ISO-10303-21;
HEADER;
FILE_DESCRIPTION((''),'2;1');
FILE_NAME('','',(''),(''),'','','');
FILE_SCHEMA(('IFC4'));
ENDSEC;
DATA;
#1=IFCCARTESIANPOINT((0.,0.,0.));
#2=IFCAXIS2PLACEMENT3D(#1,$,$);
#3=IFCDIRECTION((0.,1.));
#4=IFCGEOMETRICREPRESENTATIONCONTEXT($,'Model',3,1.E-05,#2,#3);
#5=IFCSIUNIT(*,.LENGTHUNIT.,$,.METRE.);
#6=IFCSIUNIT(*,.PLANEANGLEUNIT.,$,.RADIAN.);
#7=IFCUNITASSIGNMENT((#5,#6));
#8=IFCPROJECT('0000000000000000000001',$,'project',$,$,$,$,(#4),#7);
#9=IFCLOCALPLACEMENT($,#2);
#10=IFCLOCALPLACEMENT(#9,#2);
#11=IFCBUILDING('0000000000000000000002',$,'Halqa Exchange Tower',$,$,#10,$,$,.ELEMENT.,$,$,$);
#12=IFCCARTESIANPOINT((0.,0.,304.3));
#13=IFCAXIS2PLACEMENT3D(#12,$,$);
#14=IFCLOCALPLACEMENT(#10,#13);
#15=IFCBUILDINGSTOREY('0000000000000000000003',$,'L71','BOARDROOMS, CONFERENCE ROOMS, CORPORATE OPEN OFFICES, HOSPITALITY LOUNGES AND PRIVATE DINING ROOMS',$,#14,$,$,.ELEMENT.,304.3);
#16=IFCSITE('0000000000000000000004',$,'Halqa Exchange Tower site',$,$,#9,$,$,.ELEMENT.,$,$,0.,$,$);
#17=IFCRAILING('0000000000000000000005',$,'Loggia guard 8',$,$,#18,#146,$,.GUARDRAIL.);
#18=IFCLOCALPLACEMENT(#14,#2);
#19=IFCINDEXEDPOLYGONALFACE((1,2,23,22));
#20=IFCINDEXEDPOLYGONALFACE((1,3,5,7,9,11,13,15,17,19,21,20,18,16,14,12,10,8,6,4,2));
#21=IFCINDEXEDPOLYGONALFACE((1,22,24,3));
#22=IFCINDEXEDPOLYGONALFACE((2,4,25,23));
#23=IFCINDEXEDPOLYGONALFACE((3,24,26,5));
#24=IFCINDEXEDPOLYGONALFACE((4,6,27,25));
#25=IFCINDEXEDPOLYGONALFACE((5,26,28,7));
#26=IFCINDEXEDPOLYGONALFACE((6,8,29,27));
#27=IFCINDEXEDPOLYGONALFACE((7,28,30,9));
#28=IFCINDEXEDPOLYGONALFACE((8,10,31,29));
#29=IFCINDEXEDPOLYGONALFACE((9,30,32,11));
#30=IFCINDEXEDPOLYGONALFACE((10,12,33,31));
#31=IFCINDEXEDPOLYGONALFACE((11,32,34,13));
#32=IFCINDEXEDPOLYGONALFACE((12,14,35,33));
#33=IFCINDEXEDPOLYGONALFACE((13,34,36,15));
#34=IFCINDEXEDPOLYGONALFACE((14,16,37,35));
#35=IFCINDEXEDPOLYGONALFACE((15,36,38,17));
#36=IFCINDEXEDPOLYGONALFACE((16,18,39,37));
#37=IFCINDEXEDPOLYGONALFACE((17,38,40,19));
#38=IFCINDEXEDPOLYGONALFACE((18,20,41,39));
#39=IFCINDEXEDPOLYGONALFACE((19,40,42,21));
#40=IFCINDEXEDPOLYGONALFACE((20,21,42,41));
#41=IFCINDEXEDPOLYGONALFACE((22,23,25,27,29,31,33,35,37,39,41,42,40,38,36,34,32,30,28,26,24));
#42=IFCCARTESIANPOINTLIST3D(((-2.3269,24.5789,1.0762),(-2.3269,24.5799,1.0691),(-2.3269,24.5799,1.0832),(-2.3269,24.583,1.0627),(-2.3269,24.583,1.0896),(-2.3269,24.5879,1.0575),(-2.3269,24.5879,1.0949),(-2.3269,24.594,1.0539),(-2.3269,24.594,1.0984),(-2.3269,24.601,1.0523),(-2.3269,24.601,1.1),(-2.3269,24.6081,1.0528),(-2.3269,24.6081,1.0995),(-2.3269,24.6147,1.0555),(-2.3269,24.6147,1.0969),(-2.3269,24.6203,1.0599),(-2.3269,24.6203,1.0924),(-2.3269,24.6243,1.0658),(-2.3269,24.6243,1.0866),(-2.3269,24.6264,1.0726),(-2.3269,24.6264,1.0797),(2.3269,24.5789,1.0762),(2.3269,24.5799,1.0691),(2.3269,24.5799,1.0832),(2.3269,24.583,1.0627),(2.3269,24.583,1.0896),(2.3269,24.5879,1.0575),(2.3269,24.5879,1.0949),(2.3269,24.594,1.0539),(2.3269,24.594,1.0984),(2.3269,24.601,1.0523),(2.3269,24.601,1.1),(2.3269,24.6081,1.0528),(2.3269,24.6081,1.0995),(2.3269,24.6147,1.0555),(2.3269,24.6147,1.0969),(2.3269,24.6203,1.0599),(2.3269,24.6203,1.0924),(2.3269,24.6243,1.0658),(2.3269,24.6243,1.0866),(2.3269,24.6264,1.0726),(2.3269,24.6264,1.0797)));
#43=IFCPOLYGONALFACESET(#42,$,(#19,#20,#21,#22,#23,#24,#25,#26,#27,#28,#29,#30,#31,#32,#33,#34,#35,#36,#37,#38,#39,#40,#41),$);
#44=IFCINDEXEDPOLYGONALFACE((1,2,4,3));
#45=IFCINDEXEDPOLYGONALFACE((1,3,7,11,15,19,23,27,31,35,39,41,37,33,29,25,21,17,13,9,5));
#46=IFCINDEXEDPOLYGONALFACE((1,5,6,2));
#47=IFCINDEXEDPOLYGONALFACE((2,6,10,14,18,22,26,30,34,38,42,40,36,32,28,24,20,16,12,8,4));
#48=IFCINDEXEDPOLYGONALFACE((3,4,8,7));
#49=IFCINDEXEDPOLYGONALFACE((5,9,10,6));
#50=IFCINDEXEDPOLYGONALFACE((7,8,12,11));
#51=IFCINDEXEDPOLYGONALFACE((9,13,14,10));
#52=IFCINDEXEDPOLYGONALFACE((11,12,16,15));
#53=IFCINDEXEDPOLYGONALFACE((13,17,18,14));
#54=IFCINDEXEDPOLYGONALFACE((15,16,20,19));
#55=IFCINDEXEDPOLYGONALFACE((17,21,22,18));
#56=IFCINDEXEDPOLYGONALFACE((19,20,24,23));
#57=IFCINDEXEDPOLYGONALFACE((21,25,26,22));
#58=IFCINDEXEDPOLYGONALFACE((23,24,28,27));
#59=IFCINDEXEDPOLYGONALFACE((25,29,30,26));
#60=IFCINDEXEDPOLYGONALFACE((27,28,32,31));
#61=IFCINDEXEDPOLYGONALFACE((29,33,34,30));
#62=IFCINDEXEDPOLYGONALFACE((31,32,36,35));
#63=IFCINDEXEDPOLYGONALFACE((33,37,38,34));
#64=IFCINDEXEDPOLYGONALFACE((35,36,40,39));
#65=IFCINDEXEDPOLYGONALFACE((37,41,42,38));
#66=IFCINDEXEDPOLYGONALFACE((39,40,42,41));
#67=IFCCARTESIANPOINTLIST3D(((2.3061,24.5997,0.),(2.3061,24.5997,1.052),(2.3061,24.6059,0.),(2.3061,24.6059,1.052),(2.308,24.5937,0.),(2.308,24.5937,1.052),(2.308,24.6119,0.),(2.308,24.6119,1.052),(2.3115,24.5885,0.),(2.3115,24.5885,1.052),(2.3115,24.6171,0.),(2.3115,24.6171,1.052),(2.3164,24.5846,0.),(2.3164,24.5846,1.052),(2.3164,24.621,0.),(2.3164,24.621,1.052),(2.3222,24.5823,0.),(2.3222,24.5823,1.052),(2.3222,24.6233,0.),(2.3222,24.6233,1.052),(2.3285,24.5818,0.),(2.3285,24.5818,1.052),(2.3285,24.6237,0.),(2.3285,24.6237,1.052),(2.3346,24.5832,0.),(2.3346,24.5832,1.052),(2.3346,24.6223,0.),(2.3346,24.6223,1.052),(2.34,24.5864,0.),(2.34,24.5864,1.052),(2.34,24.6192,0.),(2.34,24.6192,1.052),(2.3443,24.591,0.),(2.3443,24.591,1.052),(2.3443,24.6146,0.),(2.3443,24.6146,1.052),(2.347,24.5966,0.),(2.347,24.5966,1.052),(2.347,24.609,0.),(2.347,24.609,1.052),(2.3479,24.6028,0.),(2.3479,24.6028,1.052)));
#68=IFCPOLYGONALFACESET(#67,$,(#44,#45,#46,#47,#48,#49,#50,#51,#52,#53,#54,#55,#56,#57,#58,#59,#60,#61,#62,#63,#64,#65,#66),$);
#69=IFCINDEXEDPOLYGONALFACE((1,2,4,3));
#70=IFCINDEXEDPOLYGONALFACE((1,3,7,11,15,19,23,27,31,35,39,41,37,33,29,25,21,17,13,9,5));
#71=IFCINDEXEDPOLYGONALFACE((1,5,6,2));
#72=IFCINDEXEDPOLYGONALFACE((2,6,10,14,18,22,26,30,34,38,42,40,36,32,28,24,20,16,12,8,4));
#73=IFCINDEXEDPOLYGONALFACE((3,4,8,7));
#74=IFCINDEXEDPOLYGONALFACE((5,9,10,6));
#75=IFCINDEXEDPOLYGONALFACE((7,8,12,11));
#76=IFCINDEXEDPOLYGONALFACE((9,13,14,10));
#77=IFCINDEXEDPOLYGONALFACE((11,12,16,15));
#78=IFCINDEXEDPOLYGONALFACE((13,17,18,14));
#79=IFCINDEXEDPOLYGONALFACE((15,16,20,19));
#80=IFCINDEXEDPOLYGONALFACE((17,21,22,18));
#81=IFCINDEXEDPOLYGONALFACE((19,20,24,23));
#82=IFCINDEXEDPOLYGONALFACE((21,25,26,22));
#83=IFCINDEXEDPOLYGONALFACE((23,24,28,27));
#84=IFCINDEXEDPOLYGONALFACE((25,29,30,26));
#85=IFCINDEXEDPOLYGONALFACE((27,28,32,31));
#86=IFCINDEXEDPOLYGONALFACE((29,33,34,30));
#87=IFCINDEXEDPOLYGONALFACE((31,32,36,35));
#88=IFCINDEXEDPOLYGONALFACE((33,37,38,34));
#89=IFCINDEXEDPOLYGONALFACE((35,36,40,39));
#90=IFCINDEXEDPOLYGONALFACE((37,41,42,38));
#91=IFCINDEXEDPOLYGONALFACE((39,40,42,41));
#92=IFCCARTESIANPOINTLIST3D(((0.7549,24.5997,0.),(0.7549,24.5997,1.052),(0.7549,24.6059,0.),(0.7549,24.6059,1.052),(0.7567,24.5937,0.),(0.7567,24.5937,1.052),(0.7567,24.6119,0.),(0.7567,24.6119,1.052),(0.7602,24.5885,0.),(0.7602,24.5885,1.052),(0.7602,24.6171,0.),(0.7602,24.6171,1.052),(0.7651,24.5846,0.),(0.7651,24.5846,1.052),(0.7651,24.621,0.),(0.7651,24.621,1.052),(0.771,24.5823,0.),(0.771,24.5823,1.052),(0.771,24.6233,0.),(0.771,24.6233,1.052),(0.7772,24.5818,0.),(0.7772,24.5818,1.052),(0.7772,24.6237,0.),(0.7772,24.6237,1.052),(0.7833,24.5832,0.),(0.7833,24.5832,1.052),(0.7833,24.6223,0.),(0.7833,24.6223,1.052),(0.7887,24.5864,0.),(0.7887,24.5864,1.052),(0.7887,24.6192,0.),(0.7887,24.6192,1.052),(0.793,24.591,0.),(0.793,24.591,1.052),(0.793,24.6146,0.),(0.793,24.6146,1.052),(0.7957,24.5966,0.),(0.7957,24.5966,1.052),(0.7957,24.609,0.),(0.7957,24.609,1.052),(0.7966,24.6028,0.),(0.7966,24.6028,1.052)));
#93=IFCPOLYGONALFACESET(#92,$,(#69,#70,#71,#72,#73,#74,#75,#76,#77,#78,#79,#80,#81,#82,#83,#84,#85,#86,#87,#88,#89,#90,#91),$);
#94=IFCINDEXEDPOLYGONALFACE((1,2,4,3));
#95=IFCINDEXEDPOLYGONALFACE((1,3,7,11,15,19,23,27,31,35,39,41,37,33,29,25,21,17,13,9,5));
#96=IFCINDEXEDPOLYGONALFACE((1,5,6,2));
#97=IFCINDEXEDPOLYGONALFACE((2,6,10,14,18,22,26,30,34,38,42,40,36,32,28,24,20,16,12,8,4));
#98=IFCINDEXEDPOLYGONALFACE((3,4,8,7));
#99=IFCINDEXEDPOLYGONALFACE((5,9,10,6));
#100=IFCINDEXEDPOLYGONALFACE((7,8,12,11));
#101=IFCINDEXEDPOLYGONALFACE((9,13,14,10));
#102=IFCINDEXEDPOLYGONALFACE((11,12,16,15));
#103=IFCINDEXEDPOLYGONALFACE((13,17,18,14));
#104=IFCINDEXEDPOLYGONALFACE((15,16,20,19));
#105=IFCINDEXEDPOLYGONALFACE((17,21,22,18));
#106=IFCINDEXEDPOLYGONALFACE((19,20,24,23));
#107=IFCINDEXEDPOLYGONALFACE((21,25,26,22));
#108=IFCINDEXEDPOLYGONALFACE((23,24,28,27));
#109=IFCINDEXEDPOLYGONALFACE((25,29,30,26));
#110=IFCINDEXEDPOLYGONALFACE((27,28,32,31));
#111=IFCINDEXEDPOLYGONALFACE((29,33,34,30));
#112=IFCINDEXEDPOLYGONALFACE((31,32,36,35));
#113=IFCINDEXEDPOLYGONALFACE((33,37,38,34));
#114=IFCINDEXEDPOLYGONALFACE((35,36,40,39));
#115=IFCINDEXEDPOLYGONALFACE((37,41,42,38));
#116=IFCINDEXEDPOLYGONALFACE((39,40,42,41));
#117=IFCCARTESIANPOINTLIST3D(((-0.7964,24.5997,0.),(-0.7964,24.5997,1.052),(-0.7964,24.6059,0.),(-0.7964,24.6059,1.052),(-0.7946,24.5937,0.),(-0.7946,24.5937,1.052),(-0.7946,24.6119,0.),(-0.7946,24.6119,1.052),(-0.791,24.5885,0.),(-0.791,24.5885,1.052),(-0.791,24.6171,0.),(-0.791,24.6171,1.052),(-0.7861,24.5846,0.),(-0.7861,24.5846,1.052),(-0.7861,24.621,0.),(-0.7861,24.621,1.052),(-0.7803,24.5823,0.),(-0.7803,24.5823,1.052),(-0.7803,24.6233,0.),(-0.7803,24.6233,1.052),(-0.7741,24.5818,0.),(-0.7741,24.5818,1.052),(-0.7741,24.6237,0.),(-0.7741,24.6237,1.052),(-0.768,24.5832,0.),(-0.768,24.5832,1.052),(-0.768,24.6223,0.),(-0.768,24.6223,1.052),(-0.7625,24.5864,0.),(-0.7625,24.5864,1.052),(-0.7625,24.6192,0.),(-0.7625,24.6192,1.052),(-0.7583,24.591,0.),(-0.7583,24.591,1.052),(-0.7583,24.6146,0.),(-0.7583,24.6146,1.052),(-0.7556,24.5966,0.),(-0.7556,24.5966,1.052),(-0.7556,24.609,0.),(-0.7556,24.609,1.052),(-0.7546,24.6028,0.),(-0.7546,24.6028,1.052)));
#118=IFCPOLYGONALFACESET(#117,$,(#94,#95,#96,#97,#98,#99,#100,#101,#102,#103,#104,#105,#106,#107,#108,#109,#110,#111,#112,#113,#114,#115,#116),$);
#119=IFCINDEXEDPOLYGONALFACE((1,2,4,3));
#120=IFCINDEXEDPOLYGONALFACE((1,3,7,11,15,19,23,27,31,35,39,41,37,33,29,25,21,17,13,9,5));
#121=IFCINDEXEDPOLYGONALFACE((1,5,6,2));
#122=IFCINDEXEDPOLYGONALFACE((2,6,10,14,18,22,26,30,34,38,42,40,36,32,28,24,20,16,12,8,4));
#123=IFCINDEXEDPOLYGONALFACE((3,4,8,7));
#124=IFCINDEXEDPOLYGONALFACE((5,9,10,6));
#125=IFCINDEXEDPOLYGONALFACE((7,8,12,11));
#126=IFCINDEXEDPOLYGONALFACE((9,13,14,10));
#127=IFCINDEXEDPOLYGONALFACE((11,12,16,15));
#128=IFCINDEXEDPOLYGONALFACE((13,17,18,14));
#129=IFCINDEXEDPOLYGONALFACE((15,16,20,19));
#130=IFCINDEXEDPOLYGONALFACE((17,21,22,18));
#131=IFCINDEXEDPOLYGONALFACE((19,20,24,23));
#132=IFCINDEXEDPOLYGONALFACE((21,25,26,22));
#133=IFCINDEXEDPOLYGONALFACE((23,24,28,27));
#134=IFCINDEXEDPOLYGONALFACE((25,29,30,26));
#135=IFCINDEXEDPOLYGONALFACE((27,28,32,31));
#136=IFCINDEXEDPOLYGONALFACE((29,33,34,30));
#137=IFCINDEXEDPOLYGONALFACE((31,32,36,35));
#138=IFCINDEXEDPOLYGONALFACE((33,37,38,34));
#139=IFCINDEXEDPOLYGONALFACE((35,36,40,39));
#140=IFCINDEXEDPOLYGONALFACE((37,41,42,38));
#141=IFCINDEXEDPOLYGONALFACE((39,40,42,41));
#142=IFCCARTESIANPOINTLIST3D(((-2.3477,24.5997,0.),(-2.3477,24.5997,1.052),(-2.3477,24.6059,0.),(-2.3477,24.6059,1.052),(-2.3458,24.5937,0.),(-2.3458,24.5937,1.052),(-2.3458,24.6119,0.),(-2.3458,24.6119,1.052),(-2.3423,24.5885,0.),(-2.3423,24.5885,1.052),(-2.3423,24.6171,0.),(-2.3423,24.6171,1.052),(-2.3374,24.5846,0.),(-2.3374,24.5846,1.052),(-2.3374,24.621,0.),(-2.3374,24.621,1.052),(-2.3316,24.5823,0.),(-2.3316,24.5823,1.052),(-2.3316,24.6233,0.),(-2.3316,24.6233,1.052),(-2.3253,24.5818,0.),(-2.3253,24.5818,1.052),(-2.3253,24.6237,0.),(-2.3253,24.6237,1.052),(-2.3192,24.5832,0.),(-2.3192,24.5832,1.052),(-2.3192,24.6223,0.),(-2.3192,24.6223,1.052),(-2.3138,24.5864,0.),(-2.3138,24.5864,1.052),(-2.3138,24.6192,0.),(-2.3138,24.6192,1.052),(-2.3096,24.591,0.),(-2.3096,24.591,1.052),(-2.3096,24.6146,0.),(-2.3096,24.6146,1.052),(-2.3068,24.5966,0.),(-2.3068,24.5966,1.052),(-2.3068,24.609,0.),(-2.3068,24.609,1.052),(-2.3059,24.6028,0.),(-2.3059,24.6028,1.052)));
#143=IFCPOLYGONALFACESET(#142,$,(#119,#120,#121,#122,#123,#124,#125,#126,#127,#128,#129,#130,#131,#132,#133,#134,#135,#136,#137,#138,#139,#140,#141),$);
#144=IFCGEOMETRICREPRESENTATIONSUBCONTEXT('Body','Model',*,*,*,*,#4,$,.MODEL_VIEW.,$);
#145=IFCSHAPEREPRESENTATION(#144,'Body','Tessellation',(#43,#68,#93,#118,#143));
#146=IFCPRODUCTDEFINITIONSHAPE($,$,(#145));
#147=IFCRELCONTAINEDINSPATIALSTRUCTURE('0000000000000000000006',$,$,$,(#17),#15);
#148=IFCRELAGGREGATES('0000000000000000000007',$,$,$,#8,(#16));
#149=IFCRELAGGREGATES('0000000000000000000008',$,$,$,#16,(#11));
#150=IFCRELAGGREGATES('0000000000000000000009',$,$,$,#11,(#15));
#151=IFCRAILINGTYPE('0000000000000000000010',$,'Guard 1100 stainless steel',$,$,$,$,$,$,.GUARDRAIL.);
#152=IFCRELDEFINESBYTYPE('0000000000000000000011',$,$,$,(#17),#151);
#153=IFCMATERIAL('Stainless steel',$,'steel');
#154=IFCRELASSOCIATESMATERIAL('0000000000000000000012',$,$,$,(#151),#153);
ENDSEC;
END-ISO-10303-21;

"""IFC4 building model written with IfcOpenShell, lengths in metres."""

from ifc_helpers import new_model, si_unit, direction, frame, origin, origin_2d, place, context, subcontext, project, spatial, circle, extrude, material, type_object, element, save


model = new_model("IFC4")

# Units and contexts
model_context = context("Model", 3, precision=1e-05, world=origin(), true_north=direction((0.0, 1.0)))
body_context = subcontext(model_context, "Body", "Model", "MODEL_VIEW")
ifc_project = project(units=[si_unit("LENGTHUNIT", "METRE"), si_unit("PLANEANGLEUNIT", "RADIAN")], contexts=[model_context])

# Site, building, storey
site_placement = place(None, origin())
site = spatial("IfcSite", under=ifc_project, at=site_placement, Name="Halqa Exchange Tower site", CompositionType="ELEMENT", RefElevation=0.0)
building_placement = place(site_placement, origin())
building = spatial("IfcBuilding", under=site, at=building_placement, Name="Halqa Exchange Tower", CompositionType="ELEMENT")
storey_placement = place(building_placement, frame((0.0, 0.0, 304.3)))
storey = spatial("IfcBuildingStorey", under=building, at=storey_placement, Name="L71", Description="BOARDROOMS, CONFERENCE ROOMS, CORPORATE OPEN OFFICES, HOSPITALITY LOUNGES AND PRIVATE DINING ROOMS", CompositionType="ELEMENT", Elevation=304.3)

# Railing
ifc_material_1 = material(Name="Stainless steel", Category="steel")
railing_type_1 = type_object("IfcRailingType", Name="Guard 1100 stainless steel", PredefinedType="GUARDRAIL", material=ifc_material_1)
railing_1_placement = place(storey_placement, frame((2.3269, 24.6028, 0.0)))
element("IfcRailing", 1, at=railing_1_placement, inside=storey, type_object=railing_type_1, Name="Loggia guard 8", PredefinedType="GUARDRAIL", context=body_context, shape_type="SweptSolid", body=[
    extrude(circle(Radius=0.0239, at=origin_2d()), frame((0.0, 0.0, 1.0762), z_axis=(-1.0, 0.0, 0.0), x_axis=(0.0, -1.0, 0.0)), (0.0, 0.0, 1.0), 4.6538),
    extrude(circle(Radius=0.021, at=origin_2d()), origin(), (0.0, 0.0, 1.0), 1.052),
    extrude(circle(Radius=0.021, at=origin_2d()), frame((-1.5513, 0.0, 0.0)), (0.0, 0.0, 1.0), 1.052),
    extrude(circle(Radius=0.021, at=origin_2d()), frame((-3.1025, 0.0, 0.0)), (0.0, 0.0, 1.0), 1.052),
    extrude(circle(Radius=0.021, at=origin_2d()), frame((-4.6538, 0.0, 0.0)), (0.0, 0.0, 1.0), 1.052),
])

save(model, "model.ifc")
